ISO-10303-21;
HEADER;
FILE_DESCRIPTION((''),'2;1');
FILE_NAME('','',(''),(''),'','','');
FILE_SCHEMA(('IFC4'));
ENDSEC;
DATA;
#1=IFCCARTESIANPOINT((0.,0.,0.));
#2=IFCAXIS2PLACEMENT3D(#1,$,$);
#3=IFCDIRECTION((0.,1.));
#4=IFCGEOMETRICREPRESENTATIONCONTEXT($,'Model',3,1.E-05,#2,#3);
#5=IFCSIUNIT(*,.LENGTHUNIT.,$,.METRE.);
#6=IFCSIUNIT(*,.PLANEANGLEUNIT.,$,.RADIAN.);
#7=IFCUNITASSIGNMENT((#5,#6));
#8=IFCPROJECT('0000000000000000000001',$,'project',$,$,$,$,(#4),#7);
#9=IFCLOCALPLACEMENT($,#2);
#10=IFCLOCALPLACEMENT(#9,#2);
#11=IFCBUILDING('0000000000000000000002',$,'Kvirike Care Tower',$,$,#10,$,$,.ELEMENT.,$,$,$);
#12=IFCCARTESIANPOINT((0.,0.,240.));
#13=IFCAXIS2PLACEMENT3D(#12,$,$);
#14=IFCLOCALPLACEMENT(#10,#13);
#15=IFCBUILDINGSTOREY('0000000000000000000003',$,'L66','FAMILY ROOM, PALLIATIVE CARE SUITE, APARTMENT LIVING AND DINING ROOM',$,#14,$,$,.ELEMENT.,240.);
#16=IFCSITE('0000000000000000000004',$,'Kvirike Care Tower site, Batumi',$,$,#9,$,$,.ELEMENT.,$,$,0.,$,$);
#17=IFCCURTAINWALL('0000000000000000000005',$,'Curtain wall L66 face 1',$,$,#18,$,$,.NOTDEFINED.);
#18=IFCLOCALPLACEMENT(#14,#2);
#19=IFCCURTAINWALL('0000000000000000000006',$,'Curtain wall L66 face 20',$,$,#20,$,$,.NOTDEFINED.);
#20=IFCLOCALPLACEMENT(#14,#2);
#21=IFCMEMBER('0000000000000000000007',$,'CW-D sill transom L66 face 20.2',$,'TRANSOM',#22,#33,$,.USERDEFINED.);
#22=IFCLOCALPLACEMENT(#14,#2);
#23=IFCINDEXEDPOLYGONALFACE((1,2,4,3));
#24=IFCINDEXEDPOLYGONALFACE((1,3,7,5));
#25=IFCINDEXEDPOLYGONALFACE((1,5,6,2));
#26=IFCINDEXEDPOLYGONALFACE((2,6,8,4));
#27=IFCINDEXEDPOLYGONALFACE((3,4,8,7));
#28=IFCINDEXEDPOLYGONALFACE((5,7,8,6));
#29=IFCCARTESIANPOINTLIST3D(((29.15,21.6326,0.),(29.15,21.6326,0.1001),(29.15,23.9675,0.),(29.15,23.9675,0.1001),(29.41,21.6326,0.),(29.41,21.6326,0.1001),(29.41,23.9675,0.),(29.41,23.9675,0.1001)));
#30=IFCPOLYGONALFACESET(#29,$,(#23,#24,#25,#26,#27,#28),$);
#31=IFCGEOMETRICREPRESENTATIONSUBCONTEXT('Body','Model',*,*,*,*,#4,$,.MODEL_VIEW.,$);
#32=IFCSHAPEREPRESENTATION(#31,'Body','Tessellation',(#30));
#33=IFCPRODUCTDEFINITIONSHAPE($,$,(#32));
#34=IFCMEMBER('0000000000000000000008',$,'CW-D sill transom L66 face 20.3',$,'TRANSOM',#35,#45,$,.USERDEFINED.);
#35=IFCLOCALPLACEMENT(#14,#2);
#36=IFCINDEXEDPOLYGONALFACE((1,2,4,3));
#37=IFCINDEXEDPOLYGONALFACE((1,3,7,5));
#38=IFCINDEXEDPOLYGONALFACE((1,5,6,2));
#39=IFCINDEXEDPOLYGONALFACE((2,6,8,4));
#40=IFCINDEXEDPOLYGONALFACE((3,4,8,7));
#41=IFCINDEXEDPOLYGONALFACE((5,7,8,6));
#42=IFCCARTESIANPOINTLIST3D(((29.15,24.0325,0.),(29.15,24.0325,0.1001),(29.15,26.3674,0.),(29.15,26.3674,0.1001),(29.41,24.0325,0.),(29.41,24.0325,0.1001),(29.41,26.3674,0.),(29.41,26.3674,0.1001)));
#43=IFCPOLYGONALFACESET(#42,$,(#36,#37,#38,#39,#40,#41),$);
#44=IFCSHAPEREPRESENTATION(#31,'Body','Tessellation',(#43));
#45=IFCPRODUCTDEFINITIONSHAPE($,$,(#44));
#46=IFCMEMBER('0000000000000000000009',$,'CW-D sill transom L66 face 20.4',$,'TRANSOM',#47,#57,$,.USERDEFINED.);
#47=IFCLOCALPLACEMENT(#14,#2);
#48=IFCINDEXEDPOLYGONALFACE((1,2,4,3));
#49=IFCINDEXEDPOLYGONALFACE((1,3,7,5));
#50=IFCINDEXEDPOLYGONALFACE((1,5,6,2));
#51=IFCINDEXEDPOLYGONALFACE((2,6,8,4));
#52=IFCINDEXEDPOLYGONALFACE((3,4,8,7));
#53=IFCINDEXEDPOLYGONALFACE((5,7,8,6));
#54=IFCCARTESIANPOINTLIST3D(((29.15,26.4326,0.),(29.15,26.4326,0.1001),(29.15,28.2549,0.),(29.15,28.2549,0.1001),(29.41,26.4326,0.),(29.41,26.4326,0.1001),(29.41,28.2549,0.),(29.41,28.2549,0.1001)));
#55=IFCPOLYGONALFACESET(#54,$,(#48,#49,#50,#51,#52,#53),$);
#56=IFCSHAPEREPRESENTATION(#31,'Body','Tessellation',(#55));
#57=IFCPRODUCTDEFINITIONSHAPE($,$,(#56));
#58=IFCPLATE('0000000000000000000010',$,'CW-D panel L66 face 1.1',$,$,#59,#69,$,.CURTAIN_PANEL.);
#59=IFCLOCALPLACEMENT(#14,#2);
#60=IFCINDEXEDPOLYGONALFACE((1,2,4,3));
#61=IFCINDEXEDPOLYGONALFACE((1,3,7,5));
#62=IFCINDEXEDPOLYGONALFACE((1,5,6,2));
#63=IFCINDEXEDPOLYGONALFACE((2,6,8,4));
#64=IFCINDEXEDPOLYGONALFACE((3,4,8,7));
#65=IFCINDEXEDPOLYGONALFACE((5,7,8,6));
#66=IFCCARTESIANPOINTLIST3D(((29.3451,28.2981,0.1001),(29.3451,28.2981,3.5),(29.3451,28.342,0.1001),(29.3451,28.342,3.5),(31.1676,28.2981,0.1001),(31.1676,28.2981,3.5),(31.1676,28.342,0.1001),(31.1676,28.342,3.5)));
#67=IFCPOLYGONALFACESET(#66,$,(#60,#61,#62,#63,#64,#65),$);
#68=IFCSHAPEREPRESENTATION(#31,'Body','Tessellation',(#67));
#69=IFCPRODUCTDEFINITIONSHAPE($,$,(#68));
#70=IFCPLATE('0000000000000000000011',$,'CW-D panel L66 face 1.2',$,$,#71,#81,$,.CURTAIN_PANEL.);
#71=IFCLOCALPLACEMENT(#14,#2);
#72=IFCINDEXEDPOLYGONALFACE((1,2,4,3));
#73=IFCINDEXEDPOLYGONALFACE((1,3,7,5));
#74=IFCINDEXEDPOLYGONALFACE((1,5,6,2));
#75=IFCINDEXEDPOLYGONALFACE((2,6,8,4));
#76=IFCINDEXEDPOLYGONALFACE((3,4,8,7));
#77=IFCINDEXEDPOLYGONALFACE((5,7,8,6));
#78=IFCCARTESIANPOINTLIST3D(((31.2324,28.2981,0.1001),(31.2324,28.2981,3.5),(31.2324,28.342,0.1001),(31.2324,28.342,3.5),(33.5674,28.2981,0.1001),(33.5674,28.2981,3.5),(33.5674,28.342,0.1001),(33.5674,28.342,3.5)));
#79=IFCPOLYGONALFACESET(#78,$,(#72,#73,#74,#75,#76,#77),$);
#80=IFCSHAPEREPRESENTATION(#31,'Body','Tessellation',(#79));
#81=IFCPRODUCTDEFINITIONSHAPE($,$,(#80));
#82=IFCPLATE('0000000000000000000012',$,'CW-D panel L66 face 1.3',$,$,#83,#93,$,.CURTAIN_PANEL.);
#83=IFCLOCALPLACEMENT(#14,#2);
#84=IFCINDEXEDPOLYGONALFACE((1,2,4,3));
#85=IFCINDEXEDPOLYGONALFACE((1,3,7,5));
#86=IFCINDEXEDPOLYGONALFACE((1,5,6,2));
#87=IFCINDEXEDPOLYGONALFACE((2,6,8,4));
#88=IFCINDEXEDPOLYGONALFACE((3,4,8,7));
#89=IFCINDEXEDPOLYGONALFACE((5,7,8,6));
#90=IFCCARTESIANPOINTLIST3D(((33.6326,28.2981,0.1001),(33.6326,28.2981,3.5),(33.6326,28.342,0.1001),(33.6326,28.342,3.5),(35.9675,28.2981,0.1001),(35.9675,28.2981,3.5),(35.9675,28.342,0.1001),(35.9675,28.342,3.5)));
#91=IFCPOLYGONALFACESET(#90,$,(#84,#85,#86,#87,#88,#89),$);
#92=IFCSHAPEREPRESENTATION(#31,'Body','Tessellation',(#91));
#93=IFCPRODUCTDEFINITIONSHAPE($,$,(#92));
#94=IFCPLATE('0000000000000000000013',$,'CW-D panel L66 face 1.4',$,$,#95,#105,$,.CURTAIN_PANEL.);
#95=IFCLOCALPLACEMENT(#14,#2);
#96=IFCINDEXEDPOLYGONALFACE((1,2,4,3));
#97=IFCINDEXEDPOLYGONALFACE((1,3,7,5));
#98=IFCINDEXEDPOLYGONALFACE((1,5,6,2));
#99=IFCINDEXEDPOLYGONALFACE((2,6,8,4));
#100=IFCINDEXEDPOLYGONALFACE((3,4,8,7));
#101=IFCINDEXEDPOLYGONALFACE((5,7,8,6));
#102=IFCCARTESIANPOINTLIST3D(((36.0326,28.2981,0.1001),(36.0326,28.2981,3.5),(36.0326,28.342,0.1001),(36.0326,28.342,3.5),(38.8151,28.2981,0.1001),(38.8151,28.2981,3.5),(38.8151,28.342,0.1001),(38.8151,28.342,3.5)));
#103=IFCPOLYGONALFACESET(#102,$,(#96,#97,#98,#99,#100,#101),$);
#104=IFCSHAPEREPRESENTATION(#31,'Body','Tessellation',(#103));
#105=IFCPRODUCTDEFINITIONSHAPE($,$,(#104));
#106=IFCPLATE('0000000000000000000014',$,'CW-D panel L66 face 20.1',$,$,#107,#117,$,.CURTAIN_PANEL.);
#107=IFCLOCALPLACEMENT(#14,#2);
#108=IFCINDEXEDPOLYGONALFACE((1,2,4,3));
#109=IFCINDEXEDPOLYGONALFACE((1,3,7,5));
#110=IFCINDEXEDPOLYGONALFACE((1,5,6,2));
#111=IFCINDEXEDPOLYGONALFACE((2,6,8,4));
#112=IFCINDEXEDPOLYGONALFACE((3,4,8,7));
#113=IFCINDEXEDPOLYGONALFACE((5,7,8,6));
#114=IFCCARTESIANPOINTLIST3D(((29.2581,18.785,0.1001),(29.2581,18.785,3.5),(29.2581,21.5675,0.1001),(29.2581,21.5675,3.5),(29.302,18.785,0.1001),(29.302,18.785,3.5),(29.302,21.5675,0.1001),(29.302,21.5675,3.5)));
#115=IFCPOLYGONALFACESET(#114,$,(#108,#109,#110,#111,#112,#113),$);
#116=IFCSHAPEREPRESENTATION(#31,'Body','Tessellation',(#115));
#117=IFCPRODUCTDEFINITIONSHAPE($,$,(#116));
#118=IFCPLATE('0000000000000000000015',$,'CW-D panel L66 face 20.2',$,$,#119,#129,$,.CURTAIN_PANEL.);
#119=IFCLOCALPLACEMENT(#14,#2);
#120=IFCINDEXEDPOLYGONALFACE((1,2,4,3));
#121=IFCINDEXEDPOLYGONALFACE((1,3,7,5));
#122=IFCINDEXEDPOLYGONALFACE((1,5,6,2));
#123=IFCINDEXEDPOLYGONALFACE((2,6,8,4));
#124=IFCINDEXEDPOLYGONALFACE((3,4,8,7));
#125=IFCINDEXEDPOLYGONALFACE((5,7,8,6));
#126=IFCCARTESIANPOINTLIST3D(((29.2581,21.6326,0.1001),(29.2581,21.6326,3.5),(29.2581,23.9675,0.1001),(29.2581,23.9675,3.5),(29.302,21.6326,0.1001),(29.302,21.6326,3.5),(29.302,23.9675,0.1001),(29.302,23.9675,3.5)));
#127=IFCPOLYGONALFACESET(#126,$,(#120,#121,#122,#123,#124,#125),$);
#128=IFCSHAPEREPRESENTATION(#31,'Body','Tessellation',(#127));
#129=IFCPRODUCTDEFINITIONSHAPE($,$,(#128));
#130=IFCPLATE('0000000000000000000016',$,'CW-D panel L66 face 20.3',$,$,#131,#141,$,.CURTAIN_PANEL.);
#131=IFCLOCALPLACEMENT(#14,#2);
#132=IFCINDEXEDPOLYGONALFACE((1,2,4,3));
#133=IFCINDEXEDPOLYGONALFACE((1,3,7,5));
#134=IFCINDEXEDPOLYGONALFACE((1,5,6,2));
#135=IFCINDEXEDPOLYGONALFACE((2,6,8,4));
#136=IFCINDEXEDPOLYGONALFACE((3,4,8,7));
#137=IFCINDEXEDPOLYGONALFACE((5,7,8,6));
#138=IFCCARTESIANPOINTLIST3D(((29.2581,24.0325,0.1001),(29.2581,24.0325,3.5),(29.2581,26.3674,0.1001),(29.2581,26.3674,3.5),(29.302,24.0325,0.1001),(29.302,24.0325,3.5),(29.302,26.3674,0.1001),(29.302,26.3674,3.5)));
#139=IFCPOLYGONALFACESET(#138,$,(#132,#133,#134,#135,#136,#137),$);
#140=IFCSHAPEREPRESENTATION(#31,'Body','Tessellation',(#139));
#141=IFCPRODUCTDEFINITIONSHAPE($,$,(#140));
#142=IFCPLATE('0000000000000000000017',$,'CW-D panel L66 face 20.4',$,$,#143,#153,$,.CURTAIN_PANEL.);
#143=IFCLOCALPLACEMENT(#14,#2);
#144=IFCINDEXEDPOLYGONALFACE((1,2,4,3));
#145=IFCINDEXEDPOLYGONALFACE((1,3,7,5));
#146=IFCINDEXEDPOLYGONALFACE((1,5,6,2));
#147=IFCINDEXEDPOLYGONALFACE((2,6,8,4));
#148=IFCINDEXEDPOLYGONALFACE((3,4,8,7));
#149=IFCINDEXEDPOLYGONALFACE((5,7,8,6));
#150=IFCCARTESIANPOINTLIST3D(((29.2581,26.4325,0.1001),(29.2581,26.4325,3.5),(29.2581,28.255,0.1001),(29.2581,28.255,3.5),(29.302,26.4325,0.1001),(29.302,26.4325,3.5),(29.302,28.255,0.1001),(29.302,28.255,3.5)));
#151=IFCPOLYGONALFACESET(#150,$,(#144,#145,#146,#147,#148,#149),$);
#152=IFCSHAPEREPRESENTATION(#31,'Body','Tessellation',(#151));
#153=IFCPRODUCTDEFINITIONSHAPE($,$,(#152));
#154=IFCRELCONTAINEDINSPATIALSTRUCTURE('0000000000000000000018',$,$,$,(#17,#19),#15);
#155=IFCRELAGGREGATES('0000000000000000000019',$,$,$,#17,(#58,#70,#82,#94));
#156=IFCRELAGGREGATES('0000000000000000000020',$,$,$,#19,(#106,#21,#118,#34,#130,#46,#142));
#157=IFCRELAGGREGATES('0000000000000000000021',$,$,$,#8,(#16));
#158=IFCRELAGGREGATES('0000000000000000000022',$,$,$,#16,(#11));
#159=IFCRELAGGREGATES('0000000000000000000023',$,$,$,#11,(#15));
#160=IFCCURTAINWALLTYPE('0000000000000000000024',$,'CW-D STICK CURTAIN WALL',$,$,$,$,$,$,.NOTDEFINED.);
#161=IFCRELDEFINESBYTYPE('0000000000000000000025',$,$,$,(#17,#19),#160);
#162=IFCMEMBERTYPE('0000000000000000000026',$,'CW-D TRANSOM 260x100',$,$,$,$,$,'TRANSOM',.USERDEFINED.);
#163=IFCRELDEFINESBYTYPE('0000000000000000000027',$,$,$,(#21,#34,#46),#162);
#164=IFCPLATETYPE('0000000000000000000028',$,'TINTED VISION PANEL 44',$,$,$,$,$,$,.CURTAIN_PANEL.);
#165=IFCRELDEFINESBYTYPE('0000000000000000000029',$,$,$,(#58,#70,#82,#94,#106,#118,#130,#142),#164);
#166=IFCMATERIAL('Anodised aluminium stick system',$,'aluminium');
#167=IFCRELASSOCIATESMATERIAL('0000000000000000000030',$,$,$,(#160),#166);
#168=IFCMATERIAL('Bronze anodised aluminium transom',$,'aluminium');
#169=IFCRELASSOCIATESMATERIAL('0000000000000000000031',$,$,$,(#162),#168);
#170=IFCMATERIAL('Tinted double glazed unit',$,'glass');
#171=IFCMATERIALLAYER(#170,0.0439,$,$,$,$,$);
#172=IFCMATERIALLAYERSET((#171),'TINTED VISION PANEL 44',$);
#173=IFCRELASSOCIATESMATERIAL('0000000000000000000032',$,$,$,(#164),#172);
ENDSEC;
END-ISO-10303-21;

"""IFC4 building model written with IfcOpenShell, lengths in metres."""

from ifc_helpers import new_model, si_unit, direction, frame, origin, origin_2d, place, context, subcontext, project, spatial, rectangle, extrude, material, layer, layer_set, material_profile, profile_set, type_object, element, aggregate, save


model = new_model("IFC4")

# Units and contexts
model_context = context("Model", 3, precision=1e-05, world=origin(), true_north=direction((0.0, 1.0)))
body_context = subcontext(model_context, "Body", "Model", "MODEL_VIEW")
ifc_project = project(units=[si_unit("LENGTHUNIT", "METRE"), si_unit("PLANEANGLEUNIT", "RADIAN")], contexts=[model_context])

# Site, building, storey
site_placement = place(None, origin())
site = spatial("IfcSite", under=ifc_project, at=site_placement, Name="Kvirike Care Tower site, Batumi", CompositionType="ELEMENT", RefElevation=0.0)
building_placement = place(site_placement, origin())
building = spatial("IfcBuilding", under=site, at=building_placement, Name="Kvirike Care Tower", CompositionType="ELEMENT")
storey_placement = place(building_placement, frame((0.0, 0.0, 240.0)))
storey = spatial("IfcBuildingStorey", under=building, at=storey_placement, Name="L66", Description="FAMILY ROOM, PALLIATIVE CARE SUITE, APARTMENT LIVING AND DINING ROOM", CompositionType="ELEMENT", Elevation=240.0)

# Curtain walls
ifc_material_1 = material(Name="Anodised aluminium stick system", Category="aluminium")
curtain_wall_type = type_object("IfcCurtainWallType", Name="CW-D STICK CURTAIN WALL", PredefinedType="NOTDEFINED", material=ifc_material_1)
curtain_wall_1_placement = place(storey_placement, origin())
curtain_wall_1 = element("IfcCurtainWall", 1, at=curtain_wall_1_placement, inside=storey, type_object=curtain_wall_type, Name="Curtain wall L66 face 1", PredefinedType="NOTDEFINED")
curtain_wall_2_placement = place(storey_placement, origin())
curtain_wall_2 = element("IfcCurtainWall", 2, at=curtain_wall_2_placement, inside=storey, type_object=curtain_wall_type, Name="Curtain wall L66 face 20", PredefinedType="NOTDEFINED")

# Members
ifc_material_2 = material(Name="Bronze anodised aluminium transom", Category="aluminium")
ifc_material_profile_1 = material_profile(ifc_material_2, rectangle(XDim=0.26, YDim=0.1001, at=origin_2d()), Name="CW-D TRANSOM 260x100")
ifc_profile_set_1 = profile_set([ifc_material_profile_1], Name="Bronze anodised aluminium transom")
member_type_1 = type_object("IfcMemberType", Name="CW-D TRANSOM 260x100", ElementType="TRANSOM", PredefinedType="USERDEFINED", material=ifc_profile_set_1)
member_1_placement = place(storey_placement, frame((29.28, 21.6326, 0.05), z_axis=(0.0, 1.0, 0.0), x_axis=(-1.0, 0.0, 0.0)))
member_1 = element("IfcMember", 3, at=member_1_placement, type_object=member_type_1, Name="CW-D sill transom L66 face 20.2", ObjectType="TRANSOM", PredefinedType="USERDEFINED", context=body_context, shape_type="SweptSolid", body=[
    extrude(rectangle(XDim=0.26, YDim=0.1001, at=origin_2d()), origin(), (0.0, 0.0, 1.0), 2.335),
])
member_2_placement = place(storey_placement, frame((29.28, 24.0325, 0.05), z_axis=(0.0, 1.0, 0.0), x_axis=(-1.0, 0.0, 0.0)))
member_2 = element("IfcMember", 4, at=member_2_placement, type_object=member_type_1, Name="CW-D sill transom L66 face 20.3", ObjectType="TRANSOM", PredefinedType="USERDEFINED", context=body_context, shape_type="SweptSolid", body=[
    extrude(rectangle(XDim=0.26, YDim=0.1001, at=origin_2d()), origin(), (0.0, 0.0, 1.0), 2.335),
])
member_3_placement = place(storey_placement, frame((29.28, 26.4326, 0.05), z_axis=(0.0, 1.0, 0.0), x_axis=(-1.0, 0.0, 0.0)))
member_3 = element("IfcMember", 5, at=member_3_placement, type_object=member_type_1, Name="CW-D sill transom L66 face 20.4", ObjectType="TRANSOM", PredefinedType="USERDEFINED", context=body_context, shape_type="SweptSolid", body=[
    extrude(rectangle(XDim=0.26, YDim=0.1001, at=origin_2d()), origin(), (0.0, 0.0, 1.0), 1.8223),
])

# Plates
ifc_material_3 = material(Name="Tinted double glazed unit", Category="glass")
ifc_layer = layer(ifc_material_3, 0.0439)
ifc_layer_set = layer_set([ifc_layer], Name="TINTED VISION PANEL 44")
plate_type = type_object("IfcPlateType", Name="TINTED VISION PANEL 44", PredefinedType="CURTAIN_PANEL", material=ifc_layer_set)
plate_1_placement = place(storey_placement, frame((30.2563, 28.3201, 0.1001), z_axis=(0.0, 0.0, 1.0), x_axis=(1.0, 0.0, 0.0)))
plate_1 = element("IfcPlate", 6, at=plate_1_placement, type_object=plate_type, Name="CW-D panel L66 face 1.1", PredefinedType="CURTAIN_PANEL", context=body_context, shape_type="SweptSolid", body=[
    extrude(rectangle(XDim=1.8225, YDim=0.0439, at=origin_2d()), origin(), (0.0, 0.0, 1.0), 3.3999),
])
plate_2_placement = place(storey_placement, frame((32.3999, 28.3201, 0.1001), z_axis=(0.0, 0.0, 1.0), x_axis=(1.0, 0.0, 0.0)))
plate_2 = element("IfcPlate", 7, at=plate_2_placement, type_object=plate_type, Name="CW-D panel L66 face 1.2", PredefinedType="CURTAIN_PANEL", context=body_context, shape_type="SweptSolid", body=[
    extrude(rectangle(XDim=2.335, YDim=0.0439, at=origin_2d()), origin(), (0.0, 0.0, 1.0), 3.3999),
])
plate_3_placement = place(storey_placement, frame((34.8, 28.3201, 0.1001), z_axis=(0.0, 0.0, 1.0), x_axis=(1.0, 0.0, 0.0)))
plate_3 = element("IfcPlate", 8, at=plate_3_placement, type_object=plate_type, Name="CW-D panel L66 face 1.3", PredefinedType="CURTAIN_PANEL", context=body_context, shape_type="SweptSolid", body=[
    extrude(rectangle(XDim=2.335, YDim=0.0439, at=origin_2d()), origin(), (0.0, 0.0, 1.0), 3.3999),
])
plate_4_placement = place(storey_placement, frame((37.4238, 28.3201, 0.1001), z_axis=(0.0, 0.0, 1.0), x_axis=(1.0, 0.0, 0.0)))
plate_4 = element("IfcPlate", 9, at=plate_4_placement, type_object=plate_type, Name="CW-D panel L66 face 1.4", PredefinedType="CURTAIN_PANEL", context=body_context, shape_type="SweptSolid", body=[
    extrude(rectangle(XDim=2.7825, YDim=0.0439, at=origin_2d()), origin(), (0.0, 0.0, 1.0), 3.3999),
])
aggregate(curtain_wall_1, [plate_1, plate_2, plate_3, plate_4])
plate_5_placement = place(storey_placement, frame((29.28, 20.1763, 0.1001), z_axis=(0.0, 0.0, 1.0), x_axis=(0.0, 1.0, 0.0)))
plate_5 = element("IfcPlate", 10, at=plate_5_placement, type_object=plate_type, Name="CW-D panel L66 face 20.1", PredefinedType="CURTAIN_PANEL", context=body_context, shape_type="SweptSolid", body=[
    extrude(rectangle(XDim=2.7825, YDim=0.0439, at=origin_2d()), origin(), (0.0, 0.0, 1.0), 3.3999),
])
plate_6_placement = place(storey_placement, frame((29.28, 22.8, 0.1001), z_axis=(0.0, 0.0, 1.0), x_axis=(0.0, 1.0, 0.0)))
plate_6 = element("IfcPlate", 11, at=plate_6_placement, type_object=plate_type, Name="CW-D panel L66 face 20.2", PredefinedType="CURTAIN_PANEL", context=body_context, shape_type="SweptSolid", body=[
    extrude(rectangle(XDim=2.335, YDim=0.0439, at=origin_2d()), origin(), (0.0, 0.0, 1.0), 3.3999),
])
plate_7_placement = place(storey_placement, frame((29.28, 25.2, 0.1001), z_axis=(0.0, 0.0, 1.0), x_axis=(0.0, 1.0, 0.0)))
plate_7 = element("IfcPlate", 12, at=plate_7_placement, type_object=plate_type, Name="CW-D panel L66 face 20.3", PredefinedType="CURTAIN_PANEL", context=body_context, shape_type="SweptSolid", body=[
    extrude(rectangle(XDim=2.335, YDim=0.0439, at=origin_2d()), origin(), (0.0, 0.0, 1.0), 3.3999),
])
plate_8_placement = place(storey_placement, frame((29.28, 27.3438, 0.1001), z_axis=(0.0, 0.0, 1.0), x_axis=(0.0, 1.0, 0.0)))
plate_8 = element("IfcPlate", 13, at=plate_8_placement, type_object=plate_type, Name="CW-D panel L66 face 20.4", PredefinedType="CURTAIN_PANEL", context=body_context, shape_type="SweptSolid", body=[
    extrude(rectangle(XDim=1.8225, YDim=0.0439, at=origin_2d()), origin(), (0.0, 0.0, 1.0), 3.3999),
])
aggregate(curtain_wall_2, [plate_5, member_1, plate_6, member_2, plate_7, member_3, plate_8])

save(model, "model.ifc")
